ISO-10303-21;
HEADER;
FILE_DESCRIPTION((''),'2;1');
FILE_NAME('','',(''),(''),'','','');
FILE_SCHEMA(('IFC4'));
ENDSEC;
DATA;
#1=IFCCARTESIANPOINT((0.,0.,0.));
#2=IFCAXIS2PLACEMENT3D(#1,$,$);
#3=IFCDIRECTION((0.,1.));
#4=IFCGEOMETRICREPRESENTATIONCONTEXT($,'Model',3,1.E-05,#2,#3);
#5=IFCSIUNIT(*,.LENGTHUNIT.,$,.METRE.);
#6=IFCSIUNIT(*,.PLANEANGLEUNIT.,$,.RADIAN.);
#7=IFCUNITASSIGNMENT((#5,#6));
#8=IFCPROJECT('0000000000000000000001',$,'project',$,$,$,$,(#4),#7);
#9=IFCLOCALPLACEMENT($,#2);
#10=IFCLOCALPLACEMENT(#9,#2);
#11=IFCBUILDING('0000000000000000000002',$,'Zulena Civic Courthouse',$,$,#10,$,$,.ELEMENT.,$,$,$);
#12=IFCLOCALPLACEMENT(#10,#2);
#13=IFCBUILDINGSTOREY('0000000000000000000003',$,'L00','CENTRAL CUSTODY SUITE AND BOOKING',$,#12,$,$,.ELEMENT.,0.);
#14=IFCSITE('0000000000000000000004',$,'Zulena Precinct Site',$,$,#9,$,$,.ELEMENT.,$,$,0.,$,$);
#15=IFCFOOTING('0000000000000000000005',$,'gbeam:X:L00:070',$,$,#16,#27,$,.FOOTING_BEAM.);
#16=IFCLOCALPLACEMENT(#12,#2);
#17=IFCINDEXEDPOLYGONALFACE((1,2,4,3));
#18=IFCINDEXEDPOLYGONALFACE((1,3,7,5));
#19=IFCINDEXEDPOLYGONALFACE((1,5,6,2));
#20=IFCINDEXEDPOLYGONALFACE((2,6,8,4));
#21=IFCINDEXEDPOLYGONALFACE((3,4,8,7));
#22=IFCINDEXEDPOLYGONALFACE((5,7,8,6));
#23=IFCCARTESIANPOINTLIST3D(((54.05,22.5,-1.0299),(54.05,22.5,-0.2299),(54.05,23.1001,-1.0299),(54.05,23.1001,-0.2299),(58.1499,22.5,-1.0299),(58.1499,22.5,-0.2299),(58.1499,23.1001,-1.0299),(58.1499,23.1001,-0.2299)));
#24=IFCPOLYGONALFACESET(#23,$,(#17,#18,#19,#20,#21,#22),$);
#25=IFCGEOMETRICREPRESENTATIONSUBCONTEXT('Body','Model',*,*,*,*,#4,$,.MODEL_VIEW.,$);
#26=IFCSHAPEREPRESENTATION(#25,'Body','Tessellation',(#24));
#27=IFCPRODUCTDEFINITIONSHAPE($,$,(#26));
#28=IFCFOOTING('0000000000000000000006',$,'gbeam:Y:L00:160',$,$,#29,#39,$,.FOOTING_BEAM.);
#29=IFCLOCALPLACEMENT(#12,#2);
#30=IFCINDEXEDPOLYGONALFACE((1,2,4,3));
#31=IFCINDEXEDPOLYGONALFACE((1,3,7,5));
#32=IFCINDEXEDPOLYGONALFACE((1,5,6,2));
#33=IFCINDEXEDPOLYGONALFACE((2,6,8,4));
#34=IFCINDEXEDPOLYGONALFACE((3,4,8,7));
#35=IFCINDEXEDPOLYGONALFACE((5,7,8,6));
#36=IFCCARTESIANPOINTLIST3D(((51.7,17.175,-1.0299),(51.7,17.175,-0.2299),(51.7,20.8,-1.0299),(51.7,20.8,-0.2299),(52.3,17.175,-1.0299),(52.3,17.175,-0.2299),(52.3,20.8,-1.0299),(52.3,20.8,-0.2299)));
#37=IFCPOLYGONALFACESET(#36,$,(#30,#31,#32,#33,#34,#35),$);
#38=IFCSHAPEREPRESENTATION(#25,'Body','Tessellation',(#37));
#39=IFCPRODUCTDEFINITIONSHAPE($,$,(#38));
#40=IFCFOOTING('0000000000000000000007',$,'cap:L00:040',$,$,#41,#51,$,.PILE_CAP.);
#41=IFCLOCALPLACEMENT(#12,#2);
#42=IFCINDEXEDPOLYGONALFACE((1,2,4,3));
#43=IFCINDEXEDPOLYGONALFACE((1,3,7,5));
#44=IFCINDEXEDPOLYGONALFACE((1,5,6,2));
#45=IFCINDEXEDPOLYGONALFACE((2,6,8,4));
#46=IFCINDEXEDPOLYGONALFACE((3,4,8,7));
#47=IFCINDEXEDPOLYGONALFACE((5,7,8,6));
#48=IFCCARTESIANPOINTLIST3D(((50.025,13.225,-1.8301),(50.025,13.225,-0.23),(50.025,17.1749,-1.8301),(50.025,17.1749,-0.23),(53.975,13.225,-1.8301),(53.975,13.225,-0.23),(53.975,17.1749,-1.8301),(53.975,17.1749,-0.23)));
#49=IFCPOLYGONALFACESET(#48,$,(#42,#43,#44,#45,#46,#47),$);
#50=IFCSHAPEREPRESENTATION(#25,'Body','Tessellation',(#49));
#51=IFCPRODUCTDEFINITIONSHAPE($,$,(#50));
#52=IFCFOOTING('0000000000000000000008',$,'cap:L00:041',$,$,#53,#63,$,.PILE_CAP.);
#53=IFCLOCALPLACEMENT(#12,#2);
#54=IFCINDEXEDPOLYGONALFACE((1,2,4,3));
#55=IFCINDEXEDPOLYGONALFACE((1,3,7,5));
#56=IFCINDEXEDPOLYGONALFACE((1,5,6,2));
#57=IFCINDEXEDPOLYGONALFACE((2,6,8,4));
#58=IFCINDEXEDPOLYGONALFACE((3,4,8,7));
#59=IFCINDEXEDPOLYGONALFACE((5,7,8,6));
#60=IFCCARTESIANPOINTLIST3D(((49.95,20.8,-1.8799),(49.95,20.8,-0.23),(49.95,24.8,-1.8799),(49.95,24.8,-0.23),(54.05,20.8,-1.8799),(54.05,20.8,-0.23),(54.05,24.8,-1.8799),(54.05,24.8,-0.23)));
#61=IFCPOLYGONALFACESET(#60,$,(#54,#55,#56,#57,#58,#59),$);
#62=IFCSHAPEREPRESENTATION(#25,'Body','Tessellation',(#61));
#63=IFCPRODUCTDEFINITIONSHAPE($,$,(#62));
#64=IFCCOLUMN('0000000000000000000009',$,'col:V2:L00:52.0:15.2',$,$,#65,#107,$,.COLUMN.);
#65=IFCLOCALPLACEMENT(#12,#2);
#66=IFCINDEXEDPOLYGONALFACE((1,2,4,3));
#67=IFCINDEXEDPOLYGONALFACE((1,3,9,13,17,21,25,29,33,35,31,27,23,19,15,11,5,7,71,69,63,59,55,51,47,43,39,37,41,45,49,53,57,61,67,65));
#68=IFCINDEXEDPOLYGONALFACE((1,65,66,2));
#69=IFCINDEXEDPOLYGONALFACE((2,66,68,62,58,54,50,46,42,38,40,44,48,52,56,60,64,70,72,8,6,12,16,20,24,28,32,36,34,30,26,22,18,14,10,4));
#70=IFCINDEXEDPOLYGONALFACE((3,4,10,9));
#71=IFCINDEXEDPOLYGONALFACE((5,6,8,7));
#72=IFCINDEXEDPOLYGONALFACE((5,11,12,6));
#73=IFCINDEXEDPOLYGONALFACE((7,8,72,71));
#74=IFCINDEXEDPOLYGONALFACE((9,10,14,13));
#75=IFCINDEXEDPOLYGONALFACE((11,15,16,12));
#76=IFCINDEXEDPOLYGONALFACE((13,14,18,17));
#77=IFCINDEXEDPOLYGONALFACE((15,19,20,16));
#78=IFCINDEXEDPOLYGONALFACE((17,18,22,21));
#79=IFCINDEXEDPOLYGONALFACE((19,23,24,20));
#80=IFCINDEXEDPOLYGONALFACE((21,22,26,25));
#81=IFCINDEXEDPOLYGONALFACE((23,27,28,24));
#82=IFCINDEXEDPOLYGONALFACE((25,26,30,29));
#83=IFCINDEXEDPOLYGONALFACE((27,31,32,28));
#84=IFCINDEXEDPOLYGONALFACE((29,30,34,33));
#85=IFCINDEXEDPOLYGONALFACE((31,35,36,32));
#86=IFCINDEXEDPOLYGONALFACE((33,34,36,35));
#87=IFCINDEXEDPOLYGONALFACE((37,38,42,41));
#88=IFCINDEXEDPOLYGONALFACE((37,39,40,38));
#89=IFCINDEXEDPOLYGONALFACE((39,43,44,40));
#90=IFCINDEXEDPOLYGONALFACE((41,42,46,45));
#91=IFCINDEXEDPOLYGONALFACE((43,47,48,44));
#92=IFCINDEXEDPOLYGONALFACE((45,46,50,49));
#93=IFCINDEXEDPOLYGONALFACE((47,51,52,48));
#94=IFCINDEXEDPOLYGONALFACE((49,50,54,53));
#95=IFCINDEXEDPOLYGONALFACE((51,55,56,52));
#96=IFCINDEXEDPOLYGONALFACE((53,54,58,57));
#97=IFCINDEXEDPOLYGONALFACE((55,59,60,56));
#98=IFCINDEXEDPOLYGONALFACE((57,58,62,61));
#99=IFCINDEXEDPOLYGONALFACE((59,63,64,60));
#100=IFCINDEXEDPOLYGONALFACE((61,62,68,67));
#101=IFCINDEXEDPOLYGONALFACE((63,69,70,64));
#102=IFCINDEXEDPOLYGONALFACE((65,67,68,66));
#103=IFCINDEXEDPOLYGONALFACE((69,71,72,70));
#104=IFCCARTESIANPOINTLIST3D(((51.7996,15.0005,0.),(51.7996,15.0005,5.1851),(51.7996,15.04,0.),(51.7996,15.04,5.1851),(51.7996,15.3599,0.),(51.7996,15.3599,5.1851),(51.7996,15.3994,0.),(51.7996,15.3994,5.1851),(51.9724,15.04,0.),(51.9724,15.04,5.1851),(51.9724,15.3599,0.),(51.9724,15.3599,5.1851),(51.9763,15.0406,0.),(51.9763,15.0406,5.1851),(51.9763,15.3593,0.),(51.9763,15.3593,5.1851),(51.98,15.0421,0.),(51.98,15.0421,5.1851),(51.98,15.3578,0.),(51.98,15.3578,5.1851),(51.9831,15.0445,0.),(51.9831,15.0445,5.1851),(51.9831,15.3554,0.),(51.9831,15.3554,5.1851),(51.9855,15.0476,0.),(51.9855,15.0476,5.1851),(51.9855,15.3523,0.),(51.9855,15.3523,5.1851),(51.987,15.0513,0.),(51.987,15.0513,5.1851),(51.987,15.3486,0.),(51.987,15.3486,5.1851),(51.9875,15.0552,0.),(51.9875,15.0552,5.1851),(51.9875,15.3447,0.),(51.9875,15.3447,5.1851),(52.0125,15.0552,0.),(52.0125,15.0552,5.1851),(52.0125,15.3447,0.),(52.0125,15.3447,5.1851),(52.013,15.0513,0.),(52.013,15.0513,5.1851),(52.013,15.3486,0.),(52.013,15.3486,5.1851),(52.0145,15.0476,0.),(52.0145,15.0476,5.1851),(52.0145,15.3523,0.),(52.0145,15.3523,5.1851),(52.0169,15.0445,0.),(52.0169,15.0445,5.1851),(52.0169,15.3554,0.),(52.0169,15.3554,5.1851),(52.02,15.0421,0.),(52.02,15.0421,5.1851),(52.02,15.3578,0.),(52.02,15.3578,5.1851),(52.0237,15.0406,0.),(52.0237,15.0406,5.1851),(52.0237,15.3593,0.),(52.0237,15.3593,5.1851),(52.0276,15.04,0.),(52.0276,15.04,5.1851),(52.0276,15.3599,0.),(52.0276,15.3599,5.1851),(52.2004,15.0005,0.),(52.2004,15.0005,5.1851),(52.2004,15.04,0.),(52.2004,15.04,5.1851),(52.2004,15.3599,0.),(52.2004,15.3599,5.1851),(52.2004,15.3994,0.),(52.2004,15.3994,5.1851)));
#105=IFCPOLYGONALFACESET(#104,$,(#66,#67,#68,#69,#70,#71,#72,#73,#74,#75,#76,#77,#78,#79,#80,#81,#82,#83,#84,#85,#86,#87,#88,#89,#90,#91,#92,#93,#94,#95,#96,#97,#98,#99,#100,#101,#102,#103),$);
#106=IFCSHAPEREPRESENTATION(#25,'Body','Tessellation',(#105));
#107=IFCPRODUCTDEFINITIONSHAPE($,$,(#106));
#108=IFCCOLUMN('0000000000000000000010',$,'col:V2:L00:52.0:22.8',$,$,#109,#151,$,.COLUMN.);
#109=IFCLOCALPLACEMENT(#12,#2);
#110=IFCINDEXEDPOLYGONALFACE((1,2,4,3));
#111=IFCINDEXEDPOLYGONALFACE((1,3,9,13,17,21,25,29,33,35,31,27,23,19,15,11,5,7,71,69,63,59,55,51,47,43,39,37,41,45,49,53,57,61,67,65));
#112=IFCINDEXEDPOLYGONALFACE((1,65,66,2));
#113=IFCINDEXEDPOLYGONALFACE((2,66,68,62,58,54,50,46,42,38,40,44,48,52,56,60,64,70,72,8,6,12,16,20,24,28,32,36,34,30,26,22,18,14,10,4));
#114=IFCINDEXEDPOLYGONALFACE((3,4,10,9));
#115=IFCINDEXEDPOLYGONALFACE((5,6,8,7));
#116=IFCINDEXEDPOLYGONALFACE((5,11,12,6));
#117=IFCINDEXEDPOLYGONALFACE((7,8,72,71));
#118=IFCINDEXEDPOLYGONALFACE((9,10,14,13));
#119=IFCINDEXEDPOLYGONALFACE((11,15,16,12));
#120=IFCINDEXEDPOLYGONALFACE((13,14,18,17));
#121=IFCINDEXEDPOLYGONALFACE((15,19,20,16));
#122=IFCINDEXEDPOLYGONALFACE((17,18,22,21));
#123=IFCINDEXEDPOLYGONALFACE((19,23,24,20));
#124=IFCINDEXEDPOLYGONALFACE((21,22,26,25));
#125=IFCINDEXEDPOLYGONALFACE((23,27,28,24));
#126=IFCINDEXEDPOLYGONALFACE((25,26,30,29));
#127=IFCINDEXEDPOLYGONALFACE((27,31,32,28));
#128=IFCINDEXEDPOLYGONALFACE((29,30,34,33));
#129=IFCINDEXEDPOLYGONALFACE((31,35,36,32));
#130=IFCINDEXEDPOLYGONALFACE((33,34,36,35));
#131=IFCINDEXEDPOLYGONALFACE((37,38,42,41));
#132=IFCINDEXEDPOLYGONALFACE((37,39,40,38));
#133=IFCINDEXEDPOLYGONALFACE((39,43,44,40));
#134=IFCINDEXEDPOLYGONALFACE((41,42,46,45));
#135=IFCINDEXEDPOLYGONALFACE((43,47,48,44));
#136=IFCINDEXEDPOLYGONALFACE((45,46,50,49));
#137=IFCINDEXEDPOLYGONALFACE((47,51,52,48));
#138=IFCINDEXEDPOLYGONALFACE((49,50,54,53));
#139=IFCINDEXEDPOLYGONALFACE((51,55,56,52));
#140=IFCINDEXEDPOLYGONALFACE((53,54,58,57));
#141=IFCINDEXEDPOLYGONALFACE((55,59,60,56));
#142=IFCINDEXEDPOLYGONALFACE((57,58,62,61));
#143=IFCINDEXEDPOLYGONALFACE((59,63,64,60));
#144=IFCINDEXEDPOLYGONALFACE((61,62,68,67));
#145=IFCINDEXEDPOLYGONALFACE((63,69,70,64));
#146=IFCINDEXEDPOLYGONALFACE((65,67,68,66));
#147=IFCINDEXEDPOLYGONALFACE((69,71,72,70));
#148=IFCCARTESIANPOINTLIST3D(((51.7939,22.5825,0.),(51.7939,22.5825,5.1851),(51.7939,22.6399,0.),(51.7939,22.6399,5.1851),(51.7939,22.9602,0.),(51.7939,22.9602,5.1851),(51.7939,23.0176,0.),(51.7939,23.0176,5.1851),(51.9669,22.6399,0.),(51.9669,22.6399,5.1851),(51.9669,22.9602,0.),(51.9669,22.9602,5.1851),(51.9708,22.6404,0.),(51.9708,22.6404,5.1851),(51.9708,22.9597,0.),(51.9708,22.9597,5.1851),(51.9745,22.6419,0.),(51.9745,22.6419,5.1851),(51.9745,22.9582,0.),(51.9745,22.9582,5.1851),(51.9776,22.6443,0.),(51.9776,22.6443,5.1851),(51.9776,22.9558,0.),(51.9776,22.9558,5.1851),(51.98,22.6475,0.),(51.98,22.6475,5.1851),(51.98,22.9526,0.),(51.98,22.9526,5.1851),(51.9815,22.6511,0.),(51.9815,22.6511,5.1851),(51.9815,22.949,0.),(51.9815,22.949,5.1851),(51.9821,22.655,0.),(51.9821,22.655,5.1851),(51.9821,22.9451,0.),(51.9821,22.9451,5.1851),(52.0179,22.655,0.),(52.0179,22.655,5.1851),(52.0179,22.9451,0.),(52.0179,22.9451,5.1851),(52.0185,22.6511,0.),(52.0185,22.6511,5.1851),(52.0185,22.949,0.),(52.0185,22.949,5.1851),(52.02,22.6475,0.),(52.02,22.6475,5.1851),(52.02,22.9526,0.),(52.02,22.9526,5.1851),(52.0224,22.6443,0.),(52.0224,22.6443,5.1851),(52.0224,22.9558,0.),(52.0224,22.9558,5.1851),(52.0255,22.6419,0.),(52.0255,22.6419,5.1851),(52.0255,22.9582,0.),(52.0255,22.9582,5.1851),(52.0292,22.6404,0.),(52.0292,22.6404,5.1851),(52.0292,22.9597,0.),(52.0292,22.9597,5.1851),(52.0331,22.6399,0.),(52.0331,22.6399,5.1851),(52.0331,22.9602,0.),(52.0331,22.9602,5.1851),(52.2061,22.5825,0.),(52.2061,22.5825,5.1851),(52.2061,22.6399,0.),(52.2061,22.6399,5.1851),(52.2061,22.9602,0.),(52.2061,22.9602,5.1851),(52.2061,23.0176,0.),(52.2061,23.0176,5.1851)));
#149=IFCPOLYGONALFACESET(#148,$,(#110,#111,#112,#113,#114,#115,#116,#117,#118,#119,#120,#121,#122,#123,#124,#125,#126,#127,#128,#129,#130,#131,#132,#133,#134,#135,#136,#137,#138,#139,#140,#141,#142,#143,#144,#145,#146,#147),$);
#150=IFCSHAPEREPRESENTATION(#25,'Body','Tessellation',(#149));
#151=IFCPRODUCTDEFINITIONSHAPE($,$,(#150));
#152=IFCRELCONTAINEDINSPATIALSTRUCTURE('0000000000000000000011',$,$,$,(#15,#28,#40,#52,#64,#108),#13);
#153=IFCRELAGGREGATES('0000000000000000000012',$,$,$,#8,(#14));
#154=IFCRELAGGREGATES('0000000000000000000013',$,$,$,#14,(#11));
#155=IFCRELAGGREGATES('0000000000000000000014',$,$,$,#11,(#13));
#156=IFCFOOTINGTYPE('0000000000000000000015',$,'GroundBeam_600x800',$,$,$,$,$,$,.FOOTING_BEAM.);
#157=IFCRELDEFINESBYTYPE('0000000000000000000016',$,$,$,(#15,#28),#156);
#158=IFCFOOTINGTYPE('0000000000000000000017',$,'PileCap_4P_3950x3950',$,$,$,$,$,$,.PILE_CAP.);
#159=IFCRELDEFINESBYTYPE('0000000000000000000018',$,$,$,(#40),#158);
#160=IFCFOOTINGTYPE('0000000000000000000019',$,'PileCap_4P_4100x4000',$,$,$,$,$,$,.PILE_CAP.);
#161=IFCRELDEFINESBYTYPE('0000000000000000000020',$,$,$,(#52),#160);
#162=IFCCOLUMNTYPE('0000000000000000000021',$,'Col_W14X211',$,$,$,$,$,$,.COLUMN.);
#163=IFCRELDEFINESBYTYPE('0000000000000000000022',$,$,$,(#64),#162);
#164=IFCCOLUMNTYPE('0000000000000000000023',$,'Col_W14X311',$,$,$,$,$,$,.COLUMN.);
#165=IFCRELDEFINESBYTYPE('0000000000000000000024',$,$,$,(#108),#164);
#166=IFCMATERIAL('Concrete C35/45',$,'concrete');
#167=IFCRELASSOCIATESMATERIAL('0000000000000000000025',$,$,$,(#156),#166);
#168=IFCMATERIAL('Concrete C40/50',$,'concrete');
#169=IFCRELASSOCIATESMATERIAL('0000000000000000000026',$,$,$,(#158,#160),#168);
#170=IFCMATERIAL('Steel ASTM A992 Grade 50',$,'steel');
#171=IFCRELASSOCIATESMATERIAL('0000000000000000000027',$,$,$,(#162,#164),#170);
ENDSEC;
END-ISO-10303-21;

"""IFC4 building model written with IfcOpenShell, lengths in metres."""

from ifc_helpers import new_model, si_unit, direction, frame, origin, origin_2d, place, context, subcontext, project, spatial, rectangle, i_section, extrude, material, material_profile, profile_set, type_object, element, save


model = new_model("IFC4")

# Units and contexts
model_context = context("Model", 3, precision=1e-05, world=origin(), true_north=direction((0.0, 1.0)))
body_context = subcontext(model_context, "Body", "Model", "MODEL_VIEW")
ifc_project = project(units=[si_unit("LENGTHUNIT", "METRE"), si_unit("PLANEANGLEUNIT", "RADIAN")], contexts=[model_context])

# Site, building, storey
site_placement = place(None, origin())
site = spatial("IfcSite", under=ifc_project, at=site_placement, Name="Zulena Precinct Site", CompositionType="ELEMENT", RefElevation=0.0)
building_placement = place(site_placement, origin())
building = spatial("IfcBuilding", under=site, at=building_placement, Name="Zulena Civic Courthouse", CompositionType="ELEMENT")
storey_placement = place(building_placement, origin())
storey = spatial("IfcBuildingStorey", under=building, at=storey_placement, Name="L00", Description="CENTRAL CUSTODY SUITE AND BOOKING", CompositionType="ELEMENT", Elevation=0.0)

# Shared definitions
ifc_material_1 = material(Name="Concrete C40/50", Category="concrete")

# Footings
ifc_material_2 = material(Name="Concrete C35/45", Category="concrete")
ifc_material_profile_1 = material_profile(ifc_material_2, rectangle(XDim=0.6001, YDim=0.8, at=origin_2d()), Name="RC600X800")
ifc_profile_set_1 = profile_set([ifc_material_profile_1], Name="Concrete C35/45")
footing_type_1 = type_object("IfcFootingType", Name="GroundBeam_600x800", PredefinedType="FOOTING_BEAM", material=ifc_profile_set_1)
footing_1_placement = place(storey_placement, frame((54.05, 22.8, -0.6299), z_axis=(1.0, 0.0, 0.0), x_axis=(0.0, 1.0, 0.0)))
element("IfcFooting", 1, at=footing_1_placement, inside=storey, type_object=footing_type_1, Name="gbeam:X:L00:070", PredefinedType="FOOTING_BEAM", context=body_context, shape_type="SweptSolid", body=[
    extrude(rectangle(XDim=0.6001, YDim=0.8, at=origin_2d()), origin(), (0.0, 0.0, 1.0), 4.0999),
])
footing_2_placement = place(storey_placement, frame((52.0, 17.175, -0.6299), z_axis=(0.0, 1.0, 0.0), x_axis=(-1.0, 0.0, 0.0)))
element("IfcFooting", 2, at=footing_2_placement, inside=storey, type_object=footing_type_1, Name="gbeam:Y:L00:160", PredefinedType="FOOTING_BEAM", context=body_context, shape_type="SweptSolid", body=[
    extrude(rectangle(XDim=0.6001, YDim=0.8, at=origin_2d()), origin(), (0.0, 0.0, 1.0), 3.625),
])
footing_type_2 = type_object("IfcFootingType", Name="PileCap_4P_3950x3950", PredefinedType="PILE_CAP", material=ifc_material_1)
footing_3_placement = place(storey_placement, frame((52.0, 15.2, -1.8301), z_axis=(0.0, 0.0, 1.0), x_axis=(1.0, 0.0, 0.0)))
element("IfcFooting", 3, at=footing_3_placement, inside=storey, type_object=footing_type_2, Name="cap:L00:040", PredefinedType="PILE_CAP", context=body_context, shape_type="SweptSolid", body=[
    extrude(rectangle(XDim=3.95, YDim=3.95, at=origin_2d()), origin(), (0.0, 0.0, 1.0), 1.6001),
])
footing_type_3 = type_object("IfcFootingType", Name="PileCap_4P_4100x4000", PredefinedType="PILE_CAP", material=ifc_material_1)
footing_4_placement = place(storey_placement, frame((52.0, 22.8, -1.8799), z_axis=(0.0, 0.0, 1.0), x_axis=(1.0, 0.0, 0.0)))
element("IfcFooting", 4, at=footing_4_placement, inside=storey, type_object=footing_type_3, Name="cap:L00:041", PredefinedType="PILE_CAP", context=body_context, shape_type="SweptSolid", body=[
    extrude(rectangle(XDim=4.1001, YDim=4.0, at=origin_2d()), origin(), (0.0, 0.0, 1.0), 1.6499),
])

# Columns
ifc_material_3 = material(Name="Steel ASTM A992 Grade 50", Category="steel")
ifc_material_profile_2 = material_profile(ifc_material_3, i_section(OverallWidth=0.4009, OverallDepth=0.3989, WebThickness=0.0249, FlangeThickness=0.0396, FilletRadius=0.0151, at=origin_2d()), Name="W14X211")
ifc_profile_set_2 = profile_set([ifc_material_profile_2], Name="Steel ASTM A992 Grade 50")
column_type_1 = type_object("IfcColumnType", Name="Col_W14X211", PredefinedType="COLUMN", material=ifc_profile_set_2)
column_1_placement = place(storey_placement, frame((52.0, 15.2, 0.0), z_axis=(0.0, 0.0, 1.0), x_axis=(1.0, 0.0, 0.0)))
element("IfcColumn", 5, at=column_1_placement, inside=storey, type_object=column_type_1, Name="col:V2:L00:52.0:15.2", PredefinedType="COLUMN", context=body_context, shape_type="SweptSolid", body=[
    extrude(i_section(OverallWidth=0.4009, OverallDepth=0.3989, WebThickness=0.0249, FlangeThickness=0.0396, FilletRadius=0.0151, at=origin_2d()), origin(), (0.0, 0.0, 1.0), 5.1851),
])
ifc_material_profile_3 = material_profile(ifc_material_3, i_section(OverallWidth=0.4121, OverallDepth=0.4351, WebThickness=0.0359, FlangeThickness=0.0574, FilletRadius=0.0151, at=origin_2d()), Name="W14X311")
ifc_profile_set_3 = profile_set([ifc_material_profile_3], Name="Steel ASTM A992 Grade 50")
column_type_2 = type_object("IfcColumnType", Name="Col_W14X311", PredefinedType="COLUMN", material=ifc_profile_set_3)
column_2_placement = place(storey_placement, frame((52.0, 22.8, 0.0), z_axis=(0.0, 0.0, 1.0), x_axis=(1.0, 0.0, 0.0)))
element("IfcColumn", 6, at=column_2_placement, inside=storey, type_object=column_type_2, Name="col:V2:L00:52.0:22.8", PredefinedType="COLUMN", context=body_context, shape_type="SweptSolid", body=[
    extrude(i_section(OverallWidth=0.4121, OverallDepth=0.4351, WebThickness=0.0359, FlangeThickness=0.0574, FilletRadius=0.0151, at=origin_2d()), origin(), (0.0, 0.0, 1.0), 5.1851),
])

save(model, "model.ifc")
